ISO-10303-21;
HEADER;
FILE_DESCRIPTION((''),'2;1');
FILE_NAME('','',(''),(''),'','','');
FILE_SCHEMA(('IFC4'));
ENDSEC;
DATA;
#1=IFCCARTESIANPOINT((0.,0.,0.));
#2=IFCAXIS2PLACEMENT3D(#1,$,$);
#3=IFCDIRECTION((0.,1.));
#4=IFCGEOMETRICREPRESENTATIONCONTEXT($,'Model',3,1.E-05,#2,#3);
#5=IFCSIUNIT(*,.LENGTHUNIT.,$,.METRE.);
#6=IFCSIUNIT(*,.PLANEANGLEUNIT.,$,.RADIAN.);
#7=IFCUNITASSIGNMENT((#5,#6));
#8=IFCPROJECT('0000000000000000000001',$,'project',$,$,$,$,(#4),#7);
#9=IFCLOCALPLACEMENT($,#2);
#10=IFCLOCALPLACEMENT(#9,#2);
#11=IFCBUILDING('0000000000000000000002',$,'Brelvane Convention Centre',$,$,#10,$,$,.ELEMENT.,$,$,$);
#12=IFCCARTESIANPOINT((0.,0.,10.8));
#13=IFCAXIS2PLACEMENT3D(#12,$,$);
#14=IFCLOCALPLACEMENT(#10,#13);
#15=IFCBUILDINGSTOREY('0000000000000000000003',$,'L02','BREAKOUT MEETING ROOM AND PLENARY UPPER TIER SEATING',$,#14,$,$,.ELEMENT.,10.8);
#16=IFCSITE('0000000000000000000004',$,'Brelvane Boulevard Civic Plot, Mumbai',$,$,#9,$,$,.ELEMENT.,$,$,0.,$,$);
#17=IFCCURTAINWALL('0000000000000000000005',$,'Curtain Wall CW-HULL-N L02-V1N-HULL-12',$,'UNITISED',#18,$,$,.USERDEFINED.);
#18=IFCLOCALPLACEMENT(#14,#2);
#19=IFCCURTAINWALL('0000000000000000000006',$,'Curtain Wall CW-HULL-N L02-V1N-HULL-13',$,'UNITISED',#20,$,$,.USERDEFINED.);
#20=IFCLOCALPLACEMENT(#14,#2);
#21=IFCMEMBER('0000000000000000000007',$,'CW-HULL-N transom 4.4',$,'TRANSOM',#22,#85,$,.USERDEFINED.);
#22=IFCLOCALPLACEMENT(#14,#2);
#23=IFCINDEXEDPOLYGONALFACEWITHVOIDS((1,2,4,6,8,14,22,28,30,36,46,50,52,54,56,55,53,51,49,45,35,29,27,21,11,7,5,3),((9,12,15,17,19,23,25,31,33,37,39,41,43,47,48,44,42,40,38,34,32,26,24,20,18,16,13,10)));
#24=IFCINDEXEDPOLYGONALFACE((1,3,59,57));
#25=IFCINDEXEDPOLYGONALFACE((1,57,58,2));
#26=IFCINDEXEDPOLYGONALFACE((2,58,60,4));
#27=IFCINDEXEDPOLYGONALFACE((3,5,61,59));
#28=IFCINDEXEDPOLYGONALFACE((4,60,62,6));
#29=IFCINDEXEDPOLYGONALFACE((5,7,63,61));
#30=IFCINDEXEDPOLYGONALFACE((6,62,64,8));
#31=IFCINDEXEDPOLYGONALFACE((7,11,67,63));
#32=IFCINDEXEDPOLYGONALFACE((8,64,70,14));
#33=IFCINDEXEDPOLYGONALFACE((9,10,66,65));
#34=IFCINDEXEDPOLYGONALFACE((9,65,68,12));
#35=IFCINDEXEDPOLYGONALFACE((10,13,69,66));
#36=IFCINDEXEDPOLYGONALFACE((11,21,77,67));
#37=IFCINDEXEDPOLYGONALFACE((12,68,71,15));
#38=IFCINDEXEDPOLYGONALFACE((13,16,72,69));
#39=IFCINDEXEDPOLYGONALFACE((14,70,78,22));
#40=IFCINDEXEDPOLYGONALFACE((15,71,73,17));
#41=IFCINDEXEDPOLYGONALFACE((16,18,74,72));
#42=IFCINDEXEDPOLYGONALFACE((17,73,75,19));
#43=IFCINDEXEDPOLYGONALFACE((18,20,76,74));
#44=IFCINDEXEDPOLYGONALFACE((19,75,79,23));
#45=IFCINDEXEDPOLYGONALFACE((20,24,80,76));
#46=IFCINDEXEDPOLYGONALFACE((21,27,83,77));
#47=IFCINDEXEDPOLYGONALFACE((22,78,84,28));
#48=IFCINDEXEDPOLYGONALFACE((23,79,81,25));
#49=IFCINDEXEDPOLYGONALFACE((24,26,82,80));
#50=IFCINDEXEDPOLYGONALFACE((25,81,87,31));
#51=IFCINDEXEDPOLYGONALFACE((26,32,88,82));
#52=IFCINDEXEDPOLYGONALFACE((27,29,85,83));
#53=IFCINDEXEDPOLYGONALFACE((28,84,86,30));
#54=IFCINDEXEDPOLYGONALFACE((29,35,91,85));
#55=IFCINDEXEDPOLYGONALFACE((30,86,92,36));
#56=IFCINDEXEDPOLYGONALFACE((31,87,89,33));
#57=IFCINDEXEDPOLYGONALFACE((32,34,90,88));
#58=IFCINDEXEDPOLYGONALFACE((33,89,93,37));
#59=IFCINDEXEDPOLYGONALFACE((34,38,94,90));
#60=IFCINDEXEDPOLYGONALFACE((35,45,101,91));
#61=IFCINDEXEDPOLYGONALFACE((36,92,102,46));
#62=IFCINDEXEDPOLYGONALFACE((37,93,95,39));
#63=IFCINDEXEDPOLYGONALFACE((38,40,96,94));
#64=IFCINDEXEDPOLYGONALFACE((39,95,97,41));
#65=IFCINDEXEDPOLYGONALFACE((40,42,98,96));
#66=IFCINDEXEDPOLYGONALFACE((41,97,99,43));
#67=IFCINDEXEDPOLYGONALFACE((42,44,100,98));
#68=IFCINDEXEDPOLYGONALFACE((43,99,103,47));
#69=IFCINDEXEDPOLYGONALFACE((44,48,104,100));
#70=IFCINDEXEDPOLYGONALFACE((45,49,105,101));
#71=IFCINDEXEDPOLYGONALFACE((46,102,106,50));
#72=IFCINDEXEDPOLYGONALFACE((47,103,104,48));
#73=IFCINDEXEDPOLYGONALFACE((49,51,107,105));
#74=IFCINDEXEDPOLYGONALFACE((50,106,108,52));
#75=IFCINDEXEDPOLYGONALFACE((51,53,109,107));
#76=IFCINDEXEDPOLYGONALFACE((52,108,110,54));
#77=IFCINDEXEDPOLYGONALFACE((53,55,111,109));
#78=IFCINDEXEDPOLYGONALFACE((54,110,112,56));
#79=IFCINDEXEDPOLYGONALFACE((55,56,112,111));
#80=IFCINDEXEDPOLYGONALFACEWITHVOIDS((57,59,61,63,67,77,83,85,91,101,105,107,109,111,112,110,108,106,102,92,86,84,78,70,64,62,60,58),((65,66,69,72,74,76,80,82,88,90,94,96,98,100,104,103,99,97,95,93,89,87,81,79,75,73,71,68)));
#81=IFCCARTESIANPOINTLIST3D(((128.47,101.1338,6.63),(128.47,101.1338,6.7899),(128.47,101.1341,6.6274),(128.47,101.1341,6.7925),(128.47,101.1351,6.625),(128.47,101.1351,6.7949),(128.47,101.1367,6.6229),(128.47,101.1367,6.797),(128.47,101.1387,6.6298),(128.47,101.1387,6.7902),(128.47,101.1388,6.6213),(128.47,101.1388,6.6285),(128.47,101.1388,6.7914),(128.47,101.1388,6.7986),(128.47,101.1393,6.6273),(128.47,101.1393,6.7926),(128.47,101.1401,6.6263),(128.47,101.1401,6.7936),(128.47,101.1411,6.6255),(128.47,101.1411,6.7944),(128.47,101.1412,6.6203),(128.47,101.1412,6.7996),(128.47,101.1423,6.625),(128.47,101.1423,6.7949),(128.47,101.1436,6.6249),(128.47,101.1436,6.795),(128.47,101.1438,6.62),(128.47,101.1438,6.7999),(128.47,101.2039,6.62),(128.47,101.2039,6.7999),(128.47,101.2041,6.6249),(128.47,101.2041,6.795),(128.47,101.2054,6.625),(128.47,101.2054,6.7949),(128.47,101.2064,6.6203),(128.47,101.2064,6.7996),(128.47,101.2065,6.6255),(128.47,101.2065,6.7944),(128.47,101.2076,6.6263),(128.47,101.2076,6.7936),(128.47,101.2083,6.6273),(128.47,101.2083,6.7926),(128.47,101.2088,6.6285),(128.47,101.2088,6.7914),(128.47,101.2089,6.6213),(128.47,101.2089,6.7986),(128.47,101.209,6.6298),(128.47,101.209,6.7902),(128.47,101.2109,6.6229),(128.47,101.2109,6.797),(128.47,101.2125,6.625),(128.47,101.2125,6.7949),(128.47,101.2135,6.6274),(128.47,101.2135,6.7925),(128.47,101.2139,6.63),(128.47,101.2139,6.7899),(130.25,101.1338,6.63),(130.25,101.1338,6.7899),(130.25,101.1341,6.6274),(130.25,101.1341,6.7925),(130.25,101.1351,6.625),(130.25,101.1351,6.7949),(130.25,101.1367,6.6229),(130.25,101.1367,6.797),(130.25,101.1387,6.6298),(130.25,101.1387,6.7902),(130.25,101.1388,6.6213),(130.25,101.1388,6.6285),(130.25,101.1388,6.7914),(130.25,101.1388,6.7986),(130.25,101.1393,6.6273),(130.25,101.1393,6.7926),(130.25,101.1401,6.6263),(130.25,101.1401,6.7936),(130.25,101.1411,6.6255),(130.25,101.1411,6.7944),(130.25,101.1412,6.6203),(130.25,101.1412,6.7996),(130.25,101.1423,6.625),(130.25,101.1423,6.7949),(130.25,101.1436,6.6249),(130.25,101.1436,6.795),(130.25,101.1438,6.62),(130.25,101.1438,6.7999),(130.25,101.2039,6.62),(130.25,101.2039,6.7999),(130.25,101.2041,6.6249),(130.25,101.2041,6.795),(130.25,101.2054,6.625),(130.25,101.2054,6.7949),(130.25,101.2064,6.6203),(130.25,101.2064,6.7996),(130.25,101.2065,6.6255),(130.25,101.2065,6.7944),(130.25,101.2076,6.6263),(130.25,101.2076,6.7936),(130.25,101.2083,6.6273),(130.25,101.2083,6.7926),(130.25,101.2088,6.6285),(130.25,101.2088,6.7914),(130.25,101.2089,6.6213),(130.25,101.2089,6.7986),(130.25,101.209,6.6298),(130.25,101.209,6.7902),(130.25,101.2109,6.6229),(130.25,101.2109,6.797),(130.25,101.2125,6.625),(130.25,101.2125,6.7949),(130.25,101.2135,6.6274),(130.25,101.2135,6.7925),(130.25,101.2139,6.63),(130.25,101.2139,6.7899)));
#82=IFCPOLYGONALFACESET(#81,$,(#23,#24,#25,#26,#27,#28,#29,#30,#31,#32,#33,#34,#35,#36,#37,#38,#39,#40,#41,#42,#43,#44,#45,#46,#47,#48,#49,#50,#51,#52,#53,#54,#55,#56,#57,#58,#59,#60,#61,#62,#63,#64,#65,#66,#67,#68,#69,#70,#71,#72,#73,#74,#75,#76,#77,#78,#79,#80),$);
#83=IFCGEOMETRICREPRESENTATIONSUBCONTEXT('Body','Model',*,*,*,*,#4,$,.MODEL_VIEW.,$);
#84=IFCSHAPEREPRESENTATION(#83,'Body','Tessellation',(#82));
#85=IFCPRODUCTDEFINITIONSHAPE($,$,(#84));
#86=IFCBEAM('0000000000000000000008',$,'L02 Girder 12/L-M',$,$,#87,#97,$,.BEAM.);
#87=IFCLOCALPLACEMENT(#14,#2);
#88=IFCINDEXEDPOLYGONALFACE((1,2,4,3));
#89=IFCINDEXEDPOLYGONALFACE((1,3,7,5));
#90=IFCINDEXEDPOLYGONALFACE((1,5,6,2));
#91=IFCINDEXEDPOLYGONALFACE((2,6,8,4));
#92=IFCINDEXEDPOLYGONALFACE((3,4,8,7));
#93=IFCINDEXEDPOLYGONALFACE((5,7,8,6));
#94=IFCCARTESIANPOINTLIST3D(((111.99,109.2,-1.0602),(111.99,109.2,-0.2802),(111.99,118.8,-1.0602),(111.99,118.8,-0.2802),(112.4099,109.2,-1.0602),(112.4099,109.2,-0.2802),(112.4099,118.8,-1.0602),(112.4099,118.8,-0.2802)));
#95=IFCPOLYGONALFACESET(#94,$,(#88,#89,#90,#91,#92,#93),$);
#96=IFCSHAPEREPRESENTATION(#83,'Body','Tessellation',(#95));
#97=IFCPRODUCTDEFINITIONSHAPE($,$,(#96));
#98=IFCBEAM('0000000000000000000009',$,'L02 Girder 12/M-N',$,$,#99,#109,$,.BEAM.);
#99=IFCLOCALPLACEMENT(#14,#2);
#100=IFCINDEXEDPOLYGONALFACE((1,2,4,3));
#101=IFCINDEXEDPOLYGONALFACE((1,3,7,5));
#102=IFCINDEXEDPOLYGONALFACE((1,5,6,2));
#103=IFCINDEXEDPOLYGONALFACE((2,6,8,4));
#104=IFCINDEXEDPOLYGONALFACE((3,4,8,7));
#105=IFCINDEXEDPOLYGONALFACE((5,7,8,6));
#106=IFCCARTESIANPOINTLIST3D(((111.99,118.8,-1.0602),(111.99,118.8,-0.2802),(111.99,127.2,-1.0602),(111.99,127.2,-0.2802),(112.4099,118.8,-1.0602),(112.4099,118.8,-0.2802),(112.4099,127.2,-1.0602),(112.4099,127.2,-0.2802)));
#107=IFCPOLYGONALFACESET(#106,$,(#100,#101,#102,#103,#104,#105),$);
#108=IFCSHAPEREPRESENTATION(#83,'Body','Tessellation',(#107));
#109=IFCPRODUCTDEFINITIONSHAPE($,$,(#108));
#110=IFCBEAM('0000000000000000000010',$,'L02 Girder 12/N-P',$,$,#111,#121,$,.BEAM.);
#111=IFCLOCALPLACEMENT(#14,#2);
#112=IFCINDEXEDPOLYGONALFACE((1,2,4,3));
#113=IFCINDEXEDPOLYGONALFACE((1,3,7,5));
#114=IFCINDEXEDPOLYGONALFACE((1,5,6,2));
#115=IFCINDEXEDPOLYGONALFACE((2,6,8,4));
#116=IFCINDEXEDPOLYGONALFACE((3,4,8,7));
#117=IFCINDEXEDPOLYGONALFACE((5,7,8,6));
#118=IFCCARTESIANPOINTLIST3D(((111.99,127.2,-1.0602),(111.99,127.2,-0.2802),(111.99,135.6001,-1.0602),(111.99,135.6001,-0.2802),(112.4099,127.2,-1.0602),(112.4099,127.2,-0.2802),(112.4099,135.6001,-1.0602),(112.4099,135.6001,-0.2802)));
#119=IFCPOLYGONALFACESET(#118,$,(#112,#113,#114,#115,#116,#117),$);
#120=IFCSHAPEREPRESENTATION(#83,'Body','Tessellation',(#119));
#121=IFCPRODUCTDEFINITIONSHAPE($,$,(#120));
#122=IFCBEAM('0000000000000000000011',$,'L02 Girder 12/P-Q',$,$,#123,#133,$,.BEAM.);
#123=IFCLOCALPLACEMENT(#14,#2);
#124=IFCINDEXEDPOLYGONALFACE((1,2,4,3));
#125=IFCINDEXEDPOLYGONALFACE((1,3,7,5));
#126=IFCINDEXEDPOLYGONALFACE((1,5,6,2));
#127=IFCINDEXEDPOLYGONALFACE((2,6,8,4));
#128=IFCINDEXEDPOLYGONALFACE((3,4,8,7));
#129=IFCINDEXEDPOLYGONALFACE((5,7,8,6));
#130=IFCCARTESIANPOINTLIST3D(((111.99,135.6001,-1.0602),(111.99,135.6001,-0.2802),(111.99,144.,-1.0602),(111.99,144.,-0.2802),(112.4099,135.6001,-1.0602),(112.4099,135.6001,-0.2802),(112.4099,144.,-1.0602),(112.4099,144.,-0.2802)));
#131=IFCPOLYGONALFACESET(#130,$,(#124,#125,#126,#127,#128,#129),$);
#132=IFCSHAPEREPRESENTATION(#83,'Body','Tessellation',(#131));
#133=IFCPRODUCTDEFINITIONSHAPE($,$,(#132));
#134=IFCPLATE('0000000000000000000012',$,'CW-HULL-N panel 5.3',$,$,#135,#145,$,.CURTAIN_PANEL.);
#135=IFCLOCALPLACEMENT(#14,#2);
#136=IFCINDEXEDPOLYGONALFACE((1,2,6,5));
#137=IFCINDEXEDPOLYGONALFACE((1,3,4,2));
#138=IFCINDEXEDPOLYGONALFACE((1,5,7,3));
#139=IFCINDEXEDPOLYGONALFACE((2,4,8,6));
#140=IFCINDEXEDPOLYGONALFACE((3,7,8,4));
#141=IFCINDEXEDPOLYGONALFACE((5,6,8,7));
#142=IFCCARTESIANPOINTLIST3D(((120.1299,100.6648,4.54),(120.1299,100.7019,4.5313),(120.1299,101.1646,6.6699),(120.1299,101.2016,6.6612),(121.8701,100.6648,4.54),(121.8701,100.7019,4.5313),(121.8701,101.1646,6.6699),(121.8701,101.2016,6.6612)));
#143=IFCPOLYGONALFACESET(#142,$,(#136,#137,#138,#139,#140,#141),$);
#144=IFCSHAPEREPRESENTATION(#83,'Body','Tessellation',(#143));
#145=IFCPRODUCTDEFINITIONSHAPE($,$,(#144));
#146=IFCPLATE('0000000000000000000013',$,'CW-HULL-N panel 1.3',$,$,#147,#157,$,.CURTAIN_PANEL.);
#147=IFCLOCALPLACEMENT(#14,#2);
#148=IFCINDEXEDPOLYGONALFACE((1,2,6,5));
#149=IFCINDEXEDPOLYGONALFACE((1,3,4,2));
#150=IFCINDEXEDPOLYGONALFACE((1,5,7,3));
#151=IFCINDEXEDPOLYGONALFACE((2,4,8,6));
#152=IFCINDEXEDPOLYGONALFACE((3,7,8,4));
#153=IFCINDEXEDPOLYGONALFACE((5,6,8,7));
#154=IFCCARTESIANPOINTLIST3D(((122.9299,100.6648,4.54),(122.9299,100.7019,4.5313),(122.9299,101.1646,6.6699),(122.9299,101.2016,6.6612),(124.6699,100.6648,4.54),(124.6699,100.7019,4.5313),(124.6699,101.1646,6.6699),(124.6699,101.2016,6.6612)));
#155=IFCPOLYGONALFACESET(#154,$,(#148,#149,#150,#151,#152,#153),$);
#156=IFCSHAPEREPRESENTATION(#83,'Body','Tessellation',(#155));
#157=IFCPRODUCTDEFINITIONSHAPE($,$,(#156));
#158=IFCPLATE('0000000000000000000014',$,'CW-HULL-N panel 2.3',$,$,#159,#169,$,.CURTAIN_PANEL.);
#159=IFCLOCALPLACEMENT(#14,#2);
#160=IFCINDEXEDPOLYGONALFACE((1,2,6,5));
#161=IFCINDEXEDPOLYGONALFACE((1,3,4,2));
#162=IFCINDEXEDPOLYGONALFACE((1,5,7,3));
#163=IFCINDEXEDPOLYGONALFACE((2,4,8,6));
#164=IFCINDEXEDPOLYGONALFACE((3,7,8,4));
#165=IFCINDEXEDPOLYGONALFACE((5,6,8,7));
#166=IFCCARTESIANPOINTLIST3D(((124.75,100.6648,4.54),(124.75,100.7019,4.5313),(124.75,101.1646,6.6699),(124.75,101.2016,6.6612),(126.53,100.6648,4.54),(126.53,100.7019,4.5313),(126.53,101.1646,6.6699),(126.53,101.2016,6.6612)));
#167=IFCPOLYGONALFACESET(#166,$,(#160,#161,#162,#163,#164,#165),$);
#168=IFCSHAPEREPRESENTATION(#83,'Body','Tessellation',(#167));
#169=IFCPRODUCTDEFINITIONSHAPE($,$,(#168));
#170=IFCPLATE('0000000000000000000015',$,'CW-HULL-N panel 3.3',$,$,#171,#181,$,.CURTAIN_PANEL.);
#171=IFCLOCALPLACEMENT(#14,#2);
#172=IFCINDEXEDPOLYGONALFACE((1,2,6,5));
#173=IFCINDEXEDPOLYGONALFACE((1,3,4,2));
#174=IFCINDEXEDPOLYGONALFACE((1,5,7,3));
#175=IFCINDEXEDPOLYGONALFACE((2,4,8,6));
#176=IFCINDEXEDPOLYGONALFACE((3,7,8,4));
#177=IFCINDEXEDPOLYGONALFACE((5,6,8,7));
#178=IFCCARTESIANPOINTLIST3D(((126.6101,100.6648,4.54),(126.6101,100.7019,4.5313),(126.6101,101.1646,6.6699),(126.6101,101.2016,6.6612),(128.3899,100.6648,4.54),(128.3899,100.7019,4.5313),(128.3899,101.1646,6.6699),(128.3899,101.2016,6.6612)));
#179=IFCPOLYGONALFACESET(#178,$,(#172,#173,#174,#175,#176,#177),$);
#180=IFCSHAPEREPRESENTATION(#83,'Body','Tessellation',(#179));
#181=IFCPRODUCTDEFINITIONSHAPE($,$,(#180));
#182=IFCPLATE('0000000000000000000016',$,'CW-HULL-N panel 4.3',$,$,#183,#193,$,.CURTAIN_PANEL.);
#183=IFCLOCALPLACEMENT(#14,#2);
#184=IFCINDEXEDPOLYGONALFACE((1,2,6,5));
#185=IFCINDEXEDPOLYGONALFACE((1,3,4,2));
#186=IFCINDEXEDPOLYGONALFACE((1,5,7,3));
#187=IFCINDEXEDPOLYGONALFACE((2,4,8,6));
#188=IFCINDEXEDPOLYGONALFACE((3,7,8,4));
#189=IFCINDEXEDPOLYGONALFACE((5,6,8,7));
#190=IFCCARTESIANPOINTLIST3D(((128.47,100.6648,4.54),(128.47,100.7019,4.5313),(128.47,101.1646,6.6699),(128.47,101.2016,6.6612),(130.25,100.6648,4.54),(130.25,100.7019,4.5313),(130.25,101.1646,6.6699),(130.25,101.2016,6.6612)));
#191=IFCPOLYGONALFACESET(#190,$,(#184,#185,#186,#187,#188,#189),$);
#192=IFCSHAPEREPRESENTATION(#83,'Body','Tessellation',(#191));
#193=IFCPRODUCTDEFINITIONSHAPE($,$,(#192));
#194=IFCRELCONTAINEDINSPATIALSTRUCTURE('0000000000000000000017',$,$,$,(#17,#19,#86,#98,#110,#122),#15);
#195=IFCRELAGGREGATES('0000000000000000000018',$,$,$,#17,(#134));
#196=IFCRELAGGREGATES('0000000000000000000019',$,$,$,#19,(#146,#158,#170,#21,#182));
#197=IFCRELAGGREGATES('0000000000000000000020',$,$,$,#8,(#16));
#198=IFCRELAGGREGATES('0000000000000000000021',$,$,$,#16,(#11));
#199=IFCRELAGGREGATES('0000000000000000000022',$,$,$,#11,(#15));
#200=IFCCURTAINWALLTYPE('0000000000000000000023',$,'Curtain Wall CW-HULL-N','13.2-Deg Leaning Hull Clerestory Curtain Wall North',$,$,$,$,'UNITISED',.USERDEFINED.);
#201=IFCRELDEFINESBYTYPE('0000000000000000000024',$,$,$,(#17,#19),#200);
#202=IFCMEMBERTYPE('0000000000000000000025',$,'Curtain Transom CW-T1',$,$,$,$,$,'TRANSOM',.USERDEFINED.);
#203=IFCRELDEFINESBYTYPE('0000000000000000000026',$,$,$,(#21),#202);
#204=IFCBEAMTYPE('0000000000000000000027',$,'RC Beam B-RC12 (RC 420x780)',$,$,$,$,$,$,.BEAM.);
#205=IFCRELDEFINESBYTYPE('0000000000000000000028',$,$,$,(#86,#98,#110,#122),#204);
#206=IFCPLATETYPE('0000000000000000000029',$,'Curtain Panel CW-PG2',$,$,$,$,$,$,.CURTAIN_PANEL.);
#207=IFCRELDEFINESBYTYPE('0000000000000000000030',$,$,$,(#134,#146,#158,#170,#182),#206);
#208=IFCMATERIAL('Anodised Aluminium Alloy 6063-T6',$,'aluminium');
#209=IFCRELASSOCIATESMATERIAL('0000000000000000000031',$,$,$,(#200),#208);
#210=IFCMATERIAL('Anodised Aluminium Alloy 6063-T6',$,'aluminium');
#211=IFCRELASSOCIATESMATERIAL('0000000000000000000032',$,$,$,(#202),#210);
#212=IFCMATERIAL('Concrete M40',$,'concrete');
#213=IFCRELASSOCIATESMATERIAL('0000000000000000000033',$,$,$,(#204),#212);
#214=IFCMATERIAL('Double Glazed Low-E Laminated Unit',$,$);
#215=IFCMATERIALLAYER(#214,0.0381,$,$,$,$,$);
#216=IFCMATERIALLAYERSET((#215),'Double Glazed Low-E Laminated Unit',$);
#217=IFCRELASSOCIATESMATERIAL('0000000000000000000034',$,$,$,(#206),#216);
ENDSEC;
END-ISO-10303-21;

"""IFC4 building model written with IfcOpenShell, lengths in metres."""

from ifc_helpers import new_model, si_unit, direction, frame, origin, origin_2d, place, context, subcontext, project, spatial, polyline, rectangle, hollow_rectangle, outline, extrude, material, layer, layer_set, material_profile, profile_set, type_object, element, aggregate, save


model = new_model("IFC4")

# Units and contexts
model_context = context("Model", 3, precision=1e-05, world=origin(), true_north=direction((0.0, 1.0)))
body_context = subcontext(model_context, "Body", "Model", "MODEL_VIEW")
ifc_project = project(units=[si_unit("LENGTHUNIT", "METRE"), si_unit("PLANEANGLEUNIT", "RADIAN")], contexts=[model_context])

# Site, building, storey
site_placement = place(None, origin())
site = spatial("IfcSite", under=ifc_project, at=site_placement, Name="Brelvane Boulevard Civic Plot, Mumbai", CompositionType="ELEMENT", RefElevation=0.0)
building_placement = place(site_placement, origin())
building = spatial("IfcBuilding", under=site, at=building_placement, Name="Brelvane Convention Centre", CompositionType="ELEMENT")
storey_placement = place(building_placement, frame((0.0, 0.0, 10.8)))
storey = spatial("IfcBuildingStorey", under=building, at=storey_placement, Name="L02", Description="BREAKOUT MEETING ROOM AND PLENARY UPPER TIER SEATING", CompositionType="ELEMENT", Elevation=10.8)

# Curtain walls, member
ifc_material_1 = material(Name="Anodised Aluminium Alloy 6063-T6", Category="aluminium")
curtain_wall_type = type_object("IfcCurtainWallType", Name="Curtain Wall CW-HULL-N", Description="13.2-Deg Leaning Hull Clerestory Curtain Wall North", ElementType="UNITISED", PredefinedType="USERDEFINED", material=ifc_material_1)
ifc_material_2 = material(Name="Anodised Aluminium Alloy 6063-T6", Category="aluminium")
ifc_material_profile_1 = material_profile(ifc_material_2, hollow_rectangle(XDim=0.0801, YDim=0.1799, WallThickness=0.0049, InnerFilletRadius=0.0049, OuterFilletRadius=0.01, at=origin_2d()), Name="ALU-T 180x80x5.0")
ifc_profile_set_1 = profile_set([ifc_material_profile_1], Name="Anodised Aluminium Alloy 6063-T6")
member_type = type_object("IfcMemberType", Name="Curtain Transom CW-T1", ElementType="TRANSOM", PredefinedType="USERDEFINED", material=ifc_profile_set_1)
curtain_wall_1_placement = place(storey_placement, origin())
curtain_wall_1 = element("IfcCurtainWall", 1, at=curtain_wall_1_placement, inside=storey, type_object=curtain_wall_type, Name="Curtain Wall CW-HULL-N L02-V1N-HULL-12", ObjectType="UNITISED", PredefinedType="USERDEFINED")
curtain_wall_2_placement = place(storey_placement, origin())
curtain_wall_2 = element("IfcCurtainWall", 2, at=curtain_wall_2_placement, inside=storey, type_object=curtain_wall_type, Name="Curtain Wall CW-HULL-N L02-V1N-HULL-13", ObjectType="UNITISED", PredefinedType="USERDEFINED")
member_1_placement = place(storey_placement, frame((128.47, 101.1738, 6.71), z_axis=(1.0, 0.0, 0.0), x_axis=(0.0, 1.0, 0.0)))
member_1 = element("IfcMember", 3, at=member_1_placement, type_object=member_type, Name="CW-HULL-N transom 4.4", ObjectType="TRANSOM", PredefinedType="USERDEFINED", context=body_context, shape_type="SweptSolid", body=[
    extrude(hollow_rectangle(XDim=0.0801, YDim=0.1799, WallThickness=0.0049, InnerFilletRadius=0.0049, OuterFilletRadius=0.01, at=origin_2d()), origin(), (0.0, 0.0, 1.0), 1.78),
])

# Beams
ifc_material_3 = material(Name="Concrete M40", Category="concrete")
ifc_material_profile_2 = material_profile(ifc_material_3, rectangle(XDim=0.4199, YDim=0.78, at=origin_2d()), Name="RC 420x780")
ifc_profile_set_2 = profile_set([ifc_material_profile_2], Name="Concrete M40")
beam_type = type_object("IfcBeamType", Name="RC Beam B-RC12 (RC 420x780)", PredefinedType="BEAM", material=ifc_profile_set_2)
beam_1_placement = place(storey_placement, frame((112.2, 109.2, -0.6702), z_axis=(0.0, 1.0, 0.0), x_axis=(-1.0, 0.0, 0.0)))
element("IfcBeam", 4, at=beam_1_placement, inside=storey, type_object=beam_type, Name="L02 Girder 12/L-M", PredefinedType="BEAM", context=body_context, shape_type="SweptSolid", body=[
    extrude(rectangle(XDim=0.4199, YDim=0.78, at=origin_2d()), origin(), (0.0, 0.0, 1.0), 9.6001),
])
beam_2_placement = place(storey_placement, frame((112.2, 118.8, -0.6702), z_axis=(0.0, 1.0, 0.0), x_axis=(-1.0, 0.0, 0.0)))
element("IfcBeam", 5, at=beam_2_placement, inside=storey, type_object=beam_type, Name="L02 Girder 12/M-N", PredefinedType="BEAM", context=body_context, shape_type="SweptSolid", body=[
    extrude(rectangle(XDim=0.4199, YDim=0.78, at=origin_2d()), origin(), (0.0, 0.0, 1.0), 8.3999),
])
beam_3_placement = place(storey_placement, frame((112.2, 127.2, -0.6702), z_axis=(0.0, 1.0, 0.0), x_axis=(-1.0, 0.0, 0.0)))
element("IfcBeam", 6, at=beam_3_placement, inside=storey, type_object=beam_type, Name="L02 Girder 12/N-P", PredefinedType="BEAM", context=body_context, shape_type="SweptSolid", body=[
    extrude(rectangle(XDim=0.4199, YDim=0.78, at=origin_2d()), origin(), (0.0, 0.0, 1.0), 8.4001),
])
beam_4_placement = place(storey_placement, frame((112.2, 135.6001, -0.6702), z_axis=(0.0, 1.0, 0.0), x_axis=(-1.0, 0.0, 0.0)))
element("IfcBeam", 7, at=beam_4_placement, inside=storey, type_object=beam_type, Name="L02 Girder 12/P-Q", PredefinedType="BEAM", context=body_context, shape_type="SweptSolid", body=[
    extrude(rectangle(XDim=0.4199, YDim=0.78, at=origin_2d()), origin(), (0.0, 0.0, 1.0), 8.3999),
])

# Plates
ifc_material_4 = material(Name="Double Glazed Low-E Laminated Unit")
ifc_layer_1 = layer(ifc_material_4, 0.0381)
ifc_layer_set_1 = layer_set([ifc_layer_1], Name="Double Glazed Low-E Laminated Unit")
plate_type = type_object("IfcPlateType", Name="Curtain Panel CW-PG2", PredefinedType="CURTAIN_PANEL", material=ifc_layer_set_1)
plate_1_placement = place(storey_placement, frame((120.1299, 100.6648, 4.54), z_axis=(0.0, -0.973559, 0.228436), x_axis=(1.0, 0.0, 0.0)))
plate_1 = element("IfcPlate", 8, at=plate_1_placement, type_object=plate_type, Name="CW-HULL-N panel 5.3", PredefinedType="CURTAIN_PANEL", context=body_context, shape_type="SweptSolid", body=[
    extrude(outline(polyline([(0.0, 0.0), (1.7402, 0.0), (1.7402, 2.1877), (0.0, 2.1877), (0.0, 0.0)])), origin(), (0.0, 0.0, -1.0), 0.0381),
])
aggregate(curtain_wall_1, [plate_1])
plate_2_placement = place(storey_placement, frame((122.9299, 100.6648, 4.54), z_axis=(0.0, -0.973559, 0.228436), x_axis=(1.0, 0.0, 0.0)))
plate_2 = element("IfcPlate", 9, at=plate_2_placement, type_object=plate_type, Name="CW-HULL-N panel 1.3", PredefinedType="CURTAIN_PANEL", context=body_context, shape_type="SweptSolid", body=[
    extrude(outline(polyline([(0.0, 0.0), (1.74, 0.0), (1.74, 2.1877), (0.0, 2.1877), (0.0, 0.0)])), origin(), (0.0, 0.0, -1.0), 0.0381),
])
plate_3_placement = place(storey_placement, frame((124.75, 100.6648, 4.54), z_axis=(0.0, -0.973559, 0.228436), x_axis=(1.0, 0.0, 0.0)))
plate_3 = element("IfcPlate", 10, at=plate_3_placement, type_object=plate_type, Name="CW-HULL-N panel 2.3", PredefinedType="CURTAIN_PANEL", context=body_context, shape_type="SweptSolid", body=[
    extrude(outline(polyline([(0.0, 0.0), (1.78, 0.0), (1.78, 2.1877), (0.0, 2.1877), (0.0, 0.0)])), origin(), (0.0, 0.0, -1.0), 0.0381),
])
plate_4_placement = place(storey_placement, frame((126.6101, 100.6648, 4.54), z_axis=(0.0, -0.973559, 0.228436), x_axis=(1.0, 0.0, 0.0)))
plate_4 = element("IfcPlate", 11, at=plate_4_placement, type_object=plate_type, Name="CW-HULL-N panel 3.3", PredefinedType="CURTAIN_PANEL", context=body_context, shape_type="SweptSolid", body=[
    extrude(outline(polyline([(0.0, 0.0), (1.7798, 0.0), (1.7798, 2.1877), (0.0, 2.1877), (0.0, 0.0)])), origin(), (0.0, 0.0, -1.0), 0.0381),
])
plate_5_placement = place(storey_placement, frame((128.47, 100.6648, 4.54), z_axis=(0.0, -0.973559, 0.228436), x_axis=(1.0, 0.0, 0.0)))
plate_5 = element("IfcPlate", 12, at=plate_5_placement, type_object=plate_type, Name="CW-HULL-N panel 4.3", PredefinedType="CURTAIN_PANEL", context=body_context, shape_type="SweptSolid", body=[
    extrude(outline(polyline([(0.0, 0.0), (1.78, 0.0), (1.78, 2.1877), (0.0, 2.1877), (0.0, 0.0)])), origin(), (0.0, 0.0, -1.0), 0.0381),
])
aggregate(curtain_wall_2, [plate_2, plate_3, plate_4, member_1, plate_5])

save(model, "model.ifc")
